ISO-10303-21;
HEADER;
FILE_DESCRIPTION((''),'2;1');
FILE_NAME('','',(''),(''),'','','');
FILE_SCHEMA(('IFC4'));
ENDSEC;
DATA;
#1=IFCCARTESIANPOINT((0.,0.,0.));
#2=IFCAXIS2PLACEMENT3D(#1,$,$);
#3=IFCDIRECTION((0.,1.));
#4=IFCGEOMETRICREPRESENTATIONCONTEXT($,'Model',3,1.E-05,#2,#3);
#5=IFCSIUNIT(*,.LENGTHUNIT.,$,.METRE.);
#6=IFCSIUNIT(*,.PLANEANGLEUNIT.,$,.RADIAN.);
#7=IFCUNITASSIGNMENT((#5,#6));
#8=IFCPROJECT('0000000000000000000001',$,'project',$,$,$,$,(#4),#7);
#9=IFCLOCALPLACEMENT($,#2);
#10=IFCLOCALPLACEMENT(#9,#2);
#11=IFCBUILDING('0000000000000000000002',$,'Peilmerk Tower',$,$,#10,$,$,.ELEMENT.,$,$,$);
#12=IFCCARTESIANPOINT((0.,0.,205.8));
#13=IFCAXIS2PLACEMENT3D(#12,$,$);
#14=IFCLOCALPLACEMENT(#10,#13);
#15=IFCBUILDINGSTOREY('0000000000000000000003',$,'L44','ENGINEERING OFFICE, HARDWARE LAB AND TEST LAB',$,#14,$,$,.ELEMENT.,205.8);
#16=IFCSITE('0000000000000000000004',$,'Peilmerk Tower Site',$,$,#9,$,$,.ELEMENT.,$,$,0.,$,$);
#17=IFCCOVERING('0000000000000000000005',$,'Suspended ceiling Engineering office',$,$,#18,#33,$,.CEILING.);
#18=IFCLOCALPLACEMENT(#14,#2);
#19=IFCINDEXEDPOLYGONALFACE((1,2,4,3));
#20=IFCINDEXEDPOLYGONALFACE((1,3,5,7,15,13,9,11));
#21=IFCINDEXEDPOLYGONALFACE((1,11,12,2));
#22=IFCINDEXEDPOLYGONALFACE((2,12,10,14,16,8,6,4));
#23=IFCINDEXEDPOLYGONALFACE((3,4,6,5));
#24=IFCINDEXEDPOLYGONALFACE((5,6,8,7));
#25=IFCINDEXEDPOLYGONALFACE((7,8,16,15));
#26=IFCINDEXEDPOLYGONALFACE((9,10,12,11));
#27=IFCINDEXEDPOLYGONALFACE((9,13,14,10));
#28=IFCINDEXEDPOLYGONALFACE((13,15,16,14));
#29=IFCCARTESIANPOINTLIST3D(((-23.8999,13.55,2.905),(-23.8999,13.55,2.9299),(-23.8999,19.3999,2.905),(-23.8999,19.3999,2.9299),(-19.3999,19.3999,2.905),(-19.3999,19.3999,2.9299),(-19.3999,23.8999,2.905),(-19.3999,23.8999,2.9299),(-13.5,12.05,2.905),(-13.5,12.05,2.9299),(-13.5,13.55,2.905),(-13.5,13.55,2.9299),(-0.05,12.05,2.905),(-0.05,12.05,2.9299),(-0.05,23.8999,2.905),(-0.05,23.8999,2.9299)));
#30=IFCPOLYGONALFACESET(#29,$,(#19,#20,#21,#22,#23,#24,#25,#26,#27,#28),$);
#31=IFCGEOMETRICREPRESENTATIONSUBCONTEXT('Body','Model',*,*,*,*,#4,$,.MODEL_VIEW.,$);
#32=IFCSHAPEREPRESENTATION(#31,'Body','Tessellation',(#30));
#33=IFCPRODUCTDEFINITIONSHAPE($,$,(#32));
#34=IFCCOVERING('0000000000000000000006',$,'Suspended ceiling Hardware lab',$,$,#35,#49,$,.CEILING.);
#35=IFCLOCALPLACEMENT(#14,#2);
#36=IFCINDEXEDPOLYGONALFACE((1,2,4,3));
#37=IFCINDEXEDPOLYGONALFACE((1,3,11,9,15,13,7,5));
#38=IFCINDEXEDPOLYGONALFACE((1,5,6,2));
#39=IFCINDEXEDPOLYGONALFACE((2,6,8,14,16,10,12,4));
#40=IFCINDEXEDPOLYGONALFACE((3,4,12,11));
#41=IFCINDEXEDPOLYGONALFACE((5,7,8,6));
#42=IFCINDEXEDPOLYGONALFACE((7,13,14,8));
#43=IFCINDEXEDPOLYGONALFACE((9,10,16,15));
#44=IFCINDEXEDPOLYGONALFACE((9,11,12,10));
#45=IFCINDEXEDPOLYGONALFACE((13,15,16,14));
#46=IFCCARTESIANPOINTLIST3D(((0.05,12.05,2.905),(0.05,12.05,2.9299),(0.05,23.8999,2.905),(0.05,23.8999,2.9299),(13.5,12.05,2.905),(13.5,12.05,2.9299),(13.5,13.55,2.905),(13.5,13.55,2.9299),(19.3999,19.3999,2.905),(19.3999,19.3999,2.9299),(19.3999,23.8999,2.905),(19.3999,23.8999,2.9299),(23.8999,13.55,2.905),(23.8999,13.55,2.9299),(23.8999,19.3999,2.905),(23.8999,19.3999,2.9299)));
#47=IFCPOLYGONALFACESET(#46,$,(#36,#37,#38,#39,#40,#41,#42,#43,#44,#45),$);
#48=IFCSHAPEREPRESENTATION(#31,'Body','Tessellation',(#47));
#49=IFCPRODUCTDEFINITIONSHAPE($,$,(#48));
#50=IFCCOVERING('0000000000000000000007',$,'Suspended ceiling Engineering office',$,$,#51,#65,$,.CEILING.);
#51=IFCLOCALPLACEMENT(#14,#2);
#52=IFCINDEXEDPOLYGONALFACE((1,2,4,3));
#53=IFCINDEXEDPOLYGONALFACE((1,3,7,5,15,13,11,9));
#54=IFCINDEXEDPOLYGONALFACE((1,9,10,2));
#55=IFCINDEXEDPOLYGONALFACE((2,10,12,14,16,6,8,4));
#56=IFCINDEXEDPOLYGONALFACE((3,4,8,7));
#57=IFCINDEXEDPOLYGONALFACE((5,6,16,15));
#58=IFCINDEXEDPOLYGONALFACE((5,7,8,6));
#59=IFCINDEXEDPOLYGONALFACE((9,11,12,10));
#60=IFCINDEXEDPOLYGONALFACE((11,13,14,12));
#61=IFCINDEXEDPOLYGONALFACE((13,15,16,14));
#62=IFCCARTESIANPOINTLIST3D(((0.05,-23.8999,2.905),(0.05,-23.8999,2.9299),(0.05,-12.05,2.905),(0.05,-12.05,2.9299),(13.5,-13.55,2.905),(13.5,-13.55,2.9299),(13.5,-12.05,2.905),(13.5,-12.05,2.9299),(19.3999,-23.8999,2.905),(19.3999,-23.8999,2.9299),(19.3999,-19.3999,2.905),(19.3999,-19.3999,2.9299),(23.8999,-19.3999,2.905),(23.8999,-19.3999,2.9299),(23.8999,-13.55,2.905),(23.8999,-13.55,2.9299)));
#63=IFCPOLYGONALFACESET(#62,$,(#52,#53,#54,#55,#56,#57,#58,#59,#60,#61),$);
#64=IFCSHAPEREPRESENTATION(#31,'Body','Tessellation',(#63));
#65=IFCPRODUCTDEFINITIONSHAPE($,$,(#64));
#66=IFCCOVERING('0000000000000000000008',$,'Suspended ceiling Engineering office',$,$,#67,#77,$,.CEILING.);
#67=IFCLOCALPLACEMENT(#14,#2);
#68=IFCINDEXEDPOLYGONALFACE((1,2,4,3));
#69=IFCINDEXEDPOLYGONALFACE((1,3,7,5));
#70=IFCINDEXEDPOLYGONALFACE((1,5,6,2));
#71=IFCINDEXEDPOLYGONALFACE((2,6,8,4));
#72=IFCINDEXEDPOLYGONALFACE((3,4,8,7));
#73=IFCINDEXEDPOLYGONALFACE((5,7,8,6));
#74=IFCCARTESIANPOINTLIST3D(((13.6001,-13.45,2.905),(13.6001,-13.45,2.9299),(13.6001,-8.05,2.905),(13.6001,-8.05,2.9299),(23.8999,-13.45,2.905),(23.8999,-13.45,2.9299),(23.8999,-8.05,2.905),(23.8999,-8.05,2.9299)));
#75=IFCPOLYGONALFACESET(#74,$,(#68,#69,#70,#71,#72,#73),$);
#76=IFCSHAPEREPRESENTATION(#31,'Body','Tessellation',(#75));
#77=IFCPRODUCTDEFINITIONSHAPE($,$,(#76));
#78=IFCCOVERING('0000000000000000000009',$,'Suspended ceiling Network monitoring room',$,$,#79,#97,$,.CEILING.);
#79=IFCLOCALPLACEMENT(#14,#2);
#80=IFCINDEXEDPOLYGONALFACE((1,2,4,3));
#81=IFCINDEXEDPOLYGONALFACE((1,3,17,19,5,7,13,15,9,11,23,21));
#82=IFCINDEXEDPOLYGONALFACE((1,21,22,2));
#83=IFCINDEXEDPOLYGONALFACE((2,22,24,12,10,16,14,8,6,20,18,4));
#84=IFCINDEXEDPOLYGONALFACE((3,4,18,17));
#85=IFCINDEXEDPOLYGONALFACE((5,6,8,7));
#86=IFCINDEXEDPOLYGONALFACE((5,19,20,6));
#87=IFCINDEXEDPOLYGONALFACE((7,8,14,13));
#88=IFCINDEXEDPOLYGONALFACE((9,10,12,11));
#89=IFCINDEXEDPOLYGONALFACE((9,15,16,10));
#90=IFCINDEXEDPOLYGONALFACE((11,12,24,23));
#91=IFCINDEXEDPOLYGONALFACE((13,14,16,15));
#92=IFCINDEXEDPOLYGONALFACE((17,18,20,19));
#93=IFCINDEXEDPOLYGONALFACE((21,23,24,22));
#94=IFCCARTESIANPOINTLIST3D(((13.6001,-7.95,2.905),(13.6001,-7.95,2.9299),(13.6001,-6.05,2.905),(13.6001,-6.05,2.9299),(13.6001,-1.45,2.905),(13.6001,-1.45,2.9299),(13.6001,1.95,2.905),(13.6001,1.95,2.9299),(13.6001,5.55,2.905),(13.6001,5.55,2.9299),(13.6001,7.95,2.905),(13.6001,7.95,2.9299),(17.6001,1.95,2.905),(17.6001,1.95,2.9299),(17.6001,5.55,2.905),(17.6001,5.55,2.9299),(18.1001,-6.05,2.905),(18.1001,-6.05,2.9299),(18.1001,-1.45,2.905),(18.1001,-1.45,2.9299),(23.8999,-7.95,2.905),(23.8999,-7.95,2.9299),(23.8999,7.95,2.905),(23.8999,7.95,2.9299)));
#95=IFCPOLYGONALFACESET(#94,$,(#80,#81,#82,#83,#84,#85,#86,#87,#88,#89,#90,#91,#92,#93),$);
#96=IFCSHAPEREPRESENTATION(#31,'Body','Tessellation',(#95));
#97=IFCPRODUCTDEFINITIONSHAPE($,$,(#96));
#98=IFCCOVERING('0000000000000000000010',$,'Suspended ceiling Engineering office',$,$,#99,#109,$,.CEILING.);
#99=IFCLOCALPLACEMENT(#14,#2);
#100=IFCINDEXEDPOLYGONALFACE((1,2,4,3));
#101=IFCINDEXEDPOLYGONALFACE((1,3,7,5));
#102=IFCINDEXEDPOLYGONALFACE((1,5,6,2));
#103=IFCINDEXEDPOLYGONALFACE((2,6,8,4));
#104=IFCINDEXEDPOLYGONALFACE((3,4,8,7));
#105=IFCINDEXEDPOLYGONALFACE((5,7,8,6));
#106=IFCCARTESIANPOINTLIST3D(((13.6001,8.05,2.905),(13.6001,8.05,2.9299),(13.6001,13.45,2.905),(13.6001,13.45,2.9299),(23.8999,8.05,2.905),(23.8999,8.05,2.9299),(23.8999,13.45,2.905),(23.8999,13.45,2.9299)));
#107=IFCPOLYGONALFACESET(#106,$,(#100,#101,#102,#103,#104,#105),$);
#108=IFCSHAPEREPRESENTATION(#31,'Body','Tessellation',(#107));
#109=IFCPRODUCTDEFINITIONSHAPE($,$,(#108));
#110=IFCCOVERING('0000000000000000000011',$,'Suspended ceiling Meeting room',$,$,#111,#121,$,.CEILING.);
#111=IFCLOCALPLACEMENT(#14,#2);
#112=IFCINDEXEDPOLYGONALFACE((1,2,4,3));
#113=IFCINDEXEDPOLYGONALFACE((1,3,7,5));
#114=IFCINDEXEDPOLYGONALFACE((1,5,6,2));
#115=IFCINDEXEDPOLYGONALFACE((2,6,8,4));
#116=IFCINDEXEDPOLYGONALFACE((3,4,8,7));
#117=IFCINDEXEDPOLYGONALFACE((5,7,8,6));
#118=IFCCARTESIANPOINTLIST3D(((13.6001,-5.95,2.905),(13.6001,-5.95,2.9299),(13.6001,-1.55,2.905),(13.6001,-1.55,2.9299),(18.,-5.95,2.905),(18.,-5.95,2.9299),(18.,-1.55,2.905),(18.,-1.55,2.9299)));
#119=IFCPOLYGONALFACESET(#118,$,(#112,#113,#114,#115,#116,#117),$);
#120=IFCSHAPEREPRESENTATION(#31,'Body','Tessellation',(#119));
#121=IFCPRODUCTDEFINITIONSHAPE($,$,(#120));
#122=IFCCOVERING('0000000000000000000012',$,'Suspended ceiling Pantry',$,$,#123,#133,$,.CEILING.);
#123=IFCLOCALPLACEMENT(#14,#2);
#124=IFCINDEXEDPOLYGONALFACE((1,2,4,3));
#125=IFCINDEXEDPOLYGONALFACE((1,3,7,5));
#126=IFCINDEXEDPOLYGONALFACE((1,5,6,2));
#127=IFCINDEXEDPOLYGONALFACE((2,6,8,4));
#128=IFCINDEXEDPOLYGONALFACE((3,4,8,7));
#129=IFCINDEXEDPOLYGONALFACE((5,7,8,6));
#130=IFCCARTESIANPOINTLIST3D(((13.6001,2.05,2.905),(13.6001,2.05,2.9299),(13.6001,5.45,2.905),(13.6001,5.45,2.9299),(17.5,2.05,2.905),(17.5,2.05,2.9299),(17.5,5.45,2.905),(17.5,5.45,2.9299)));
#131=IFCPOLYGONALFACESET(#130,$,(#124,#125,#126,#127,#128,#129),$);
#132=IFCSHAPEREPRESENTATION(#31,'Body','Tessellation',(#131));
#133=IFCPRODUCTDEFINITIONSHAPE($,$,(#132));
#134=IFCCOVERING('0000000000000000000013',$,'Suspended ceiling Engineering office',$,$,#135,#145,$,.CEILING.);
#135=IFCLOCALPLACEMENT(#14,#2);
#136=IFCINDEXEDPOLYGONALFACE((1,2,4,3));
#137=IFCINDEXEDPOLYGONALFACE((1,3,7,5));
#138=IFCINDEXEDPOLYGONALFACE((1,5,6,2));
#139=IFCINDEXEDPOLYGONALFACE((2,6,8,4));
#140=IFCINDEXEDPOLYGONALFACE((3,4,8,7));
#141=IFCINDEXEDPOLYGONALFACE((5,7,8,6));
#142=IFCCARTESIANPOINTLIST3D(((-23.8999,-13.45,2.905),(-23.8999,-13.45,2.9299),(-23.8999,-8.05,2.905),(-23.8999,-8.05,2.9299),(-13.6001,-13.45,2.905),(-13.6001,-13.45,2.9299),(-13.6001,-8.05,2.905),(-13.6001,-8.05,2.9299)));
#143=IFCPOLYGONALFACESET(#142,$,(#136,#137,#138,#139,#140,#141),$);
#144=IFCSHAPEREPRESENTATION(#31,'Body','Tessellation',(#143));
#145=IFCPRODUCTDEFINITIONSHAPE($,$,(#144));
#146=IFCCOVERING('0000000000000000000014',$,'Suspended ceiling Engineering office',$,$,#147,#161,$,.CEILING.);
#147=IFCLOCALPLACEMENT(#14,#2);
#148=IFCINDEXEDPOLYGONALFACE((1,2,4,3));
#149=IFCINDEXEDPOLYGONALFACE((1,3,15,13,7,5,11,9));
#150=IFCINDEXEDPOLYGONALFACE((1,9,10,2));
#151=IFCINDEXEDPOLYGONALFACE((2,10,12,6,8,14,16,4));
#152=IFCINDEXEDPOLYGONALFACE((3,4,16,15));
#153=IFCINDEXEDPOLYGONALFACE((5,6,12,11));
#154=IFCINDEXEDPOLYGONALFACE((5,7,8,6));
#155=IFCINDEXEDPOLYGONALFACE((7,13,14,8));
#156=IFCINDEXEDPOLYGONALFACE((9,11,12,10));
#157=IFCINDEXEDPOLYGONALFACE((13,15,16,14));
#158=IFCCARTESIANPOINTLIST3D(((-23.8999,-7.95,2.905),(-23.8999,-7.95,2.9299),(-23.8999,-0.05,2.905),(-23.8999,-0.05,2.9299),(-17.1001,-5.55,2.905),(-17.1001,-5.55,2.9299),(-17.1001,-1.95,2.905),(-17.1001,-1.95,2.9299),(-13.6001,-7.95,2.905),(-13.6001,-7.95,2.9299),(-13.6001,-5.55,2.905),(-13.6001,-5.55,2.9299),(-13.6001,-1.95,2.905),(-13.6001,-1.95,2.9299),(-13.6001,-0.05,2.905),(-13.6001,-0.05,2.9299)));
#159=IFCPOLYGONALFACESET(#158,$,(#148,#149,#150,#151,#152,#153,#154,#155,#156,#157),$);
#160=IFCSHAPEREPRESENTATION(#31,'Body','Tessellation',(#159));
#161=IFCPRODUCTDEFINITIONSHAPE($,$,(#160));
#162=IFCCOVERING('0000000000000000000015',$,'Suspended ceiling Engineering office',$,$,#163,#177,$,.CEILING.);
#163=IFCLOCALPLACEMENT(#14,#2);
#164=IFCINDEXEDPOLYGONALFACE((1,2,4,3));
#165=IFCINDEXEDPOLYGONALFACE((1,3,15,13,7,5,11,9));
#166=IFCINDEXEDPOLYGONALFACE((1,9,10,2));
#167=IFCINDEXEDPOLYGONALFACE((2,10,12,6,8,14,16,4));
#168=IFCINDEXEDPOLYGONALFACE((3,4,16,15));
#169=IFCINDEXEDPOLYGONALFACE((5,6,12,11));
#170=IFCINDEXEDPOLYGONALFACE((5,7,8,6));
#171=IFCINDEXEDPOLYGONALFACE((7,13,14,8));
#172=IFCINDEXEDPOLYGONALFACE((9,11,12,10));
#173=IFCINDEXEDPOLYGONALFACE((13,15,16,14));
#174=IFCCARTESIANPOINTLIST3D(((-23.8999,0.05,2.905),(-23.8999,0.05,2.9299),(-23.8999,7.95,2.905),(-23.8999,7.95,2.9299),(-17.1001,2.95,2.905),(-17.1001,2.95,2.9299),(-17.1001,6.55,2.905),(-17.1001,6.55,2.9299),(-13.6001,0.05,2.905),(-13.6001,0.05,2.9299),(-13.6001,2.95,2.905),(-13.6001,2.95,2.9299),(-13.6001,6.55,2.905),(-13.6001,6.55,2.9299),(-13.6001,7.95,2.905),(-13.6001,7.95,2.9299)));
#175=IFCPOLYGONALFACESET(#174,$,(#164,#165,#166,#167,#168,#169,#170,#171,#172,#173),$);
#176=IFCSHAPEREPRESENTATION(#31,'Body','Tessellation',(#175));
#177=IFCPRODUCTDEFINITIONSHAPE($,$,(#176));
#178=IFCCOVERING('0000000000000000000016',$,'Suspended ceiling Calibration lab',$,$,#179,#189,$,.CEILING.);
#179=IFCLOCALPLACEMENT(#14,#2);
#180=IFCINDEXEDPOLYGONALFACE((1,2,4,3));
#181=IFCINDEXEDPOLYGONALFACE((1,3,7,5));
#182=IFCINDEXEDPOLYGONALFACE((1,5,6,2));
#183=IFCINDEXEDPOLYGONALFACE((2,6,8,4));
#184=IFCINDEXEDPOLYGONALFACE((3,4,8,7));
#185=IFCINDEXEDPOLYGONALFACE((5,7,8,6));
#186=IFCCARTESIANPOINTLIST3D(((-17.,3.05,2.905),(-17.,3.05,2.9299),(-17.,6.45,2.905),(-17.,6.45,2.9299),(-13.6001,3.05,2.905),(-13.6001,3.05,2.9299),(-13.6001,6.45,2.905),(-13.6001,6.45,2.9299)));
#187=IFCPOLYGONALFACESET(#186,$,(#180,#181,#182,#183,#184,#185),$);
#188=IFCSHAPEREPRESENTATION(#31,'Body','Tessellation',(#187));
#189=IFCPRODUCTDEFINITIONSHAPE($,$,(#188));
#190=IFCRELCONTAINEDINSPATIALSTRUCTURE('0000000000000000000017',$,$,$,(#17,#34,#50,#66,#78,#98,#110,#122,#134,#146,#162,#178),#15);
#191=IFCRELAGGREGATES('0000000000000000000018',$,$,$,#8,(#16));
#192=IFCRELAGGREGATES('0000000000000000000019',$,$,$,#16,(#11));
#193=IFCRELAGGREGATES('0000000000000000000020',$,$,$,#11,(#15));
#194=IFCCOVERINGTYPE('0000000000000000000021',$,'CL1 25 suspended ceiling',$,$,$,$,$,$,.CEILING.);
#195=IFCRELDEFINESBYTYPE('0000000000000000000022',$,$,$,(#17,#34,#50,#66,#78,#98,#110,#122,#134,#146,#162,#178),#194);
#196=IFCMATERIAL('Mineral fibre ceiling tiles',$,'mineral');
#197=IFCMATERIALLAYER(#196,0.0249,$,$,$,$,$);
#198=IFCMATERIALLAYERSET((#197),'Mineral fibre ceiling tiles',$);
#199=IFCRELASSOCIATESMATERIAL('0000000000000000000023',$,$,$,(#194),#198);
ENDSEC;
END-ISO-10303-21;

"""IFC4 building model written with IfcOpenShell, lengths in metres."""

from ifc_helpers import new_model, si_unit, direction, frame, origin, place, context, subcontext, project, spatial, polyline, outline, extrude, material, layer, layer_set, type_object, element, save


model = new_model("IFC4")

# Units and contexts
model_context = context("Model", 3, precision=1e-05, world=origin(), true_north=direction((0.0, 1.0)))
body_context = subcontext(model_context, "Body", "Model", "MODEL_VIEW")
ifc_project = project(units=[si_unit("LENGTHUNIT", "METRE"), si_unit("PLANEANGLEUNIT", "RADIAN")], contexts=[model_context])

# Site, building, storey
site_placement = place(None, origin())
site = spatial("IfcSite", under=ifc_project, at=site_placement, Name="Peilmerk Tower Site", CompositionType="ELEMENT", RefElevation=0.0)
building_placement = place(site_placement, origin())
building = spatial("IfcBuilding", under=site, at=building_placement, Name="Peilmerk Tower", CompositionType="ELEMENT")
storey_placement = place(building_placement, frame((0.0, 0.0, 205.8)))
storey = spatial("IfcBuildingStorey", under=building, at=storey_placement, Name="L44", Description="ENGINEERING OFFICE, HARDWARE LAB AND TEST LAB", CompositionType="ELEMENT", Elevation=205.8)

# Coverings
ifc_material_1 = material(Name="Mineral fibre ceiling tiles", Category="mineral")
ifc_layer_1 = layer(ifc_material_1, 0.0249)
ifc_layer_set_1 = layer_set([ifc_layer_1], Name="Mineral fibre ceiling tiles")
covering_type = type_object("IfcCoveringType", Name="CL1 25 suspended ceiling", PredefinedType="CEILING", material=ifc_layer_set_1)
covering_1_placement = place(storey_placement, frame((0.0, 0.0, 2.905)))
element("IfcCovering", 1, at=covering_1_placement, inside=storey, type_object=covering_type, Name="Suspended ceiling Engineering office", PredefinedType="CEILING", context=body_context, shape_type="SweptSolid", body=[
    extrude(outline(polyline([(-23.8999, 19.3999), (-23.8999, 13.55), (-13.5, 13.55), (-13.5, 12.05), (-0.05, 12.05), (-0.05, 23.8999), (-19.3999, 23.8999), (-19.3999, 19.3999), (-23.8999, 19.3999)])), origin(), (0.0, 0.0, 1.0), 0.0249),
])
covering_2_placement = place(storey_placement, frame((0.0, 0.0, 2.905)))
element("IfcCovering", 2, at=covering_2_placement, inside=storey, type_object=covering_type, Name="Suspended ceiling Hardware lab", PredefinedType="CEILING", context=body_context, shape_type="SweptSolid", body=[
    extrude(outline(polyline([(19.3999, 23.8999), (0.05, 23.8999), (0.05, 12.05), (13.5, 12.05), (13.5, 13.55), (23.8999, 13.55), (23.8999, 19.3999), (19.3999, 19.3999), (19.3999, 23.8999)])), origin(), (0.0, 0.0, 1.0), 0.0249),
])
covering_3_placement = place(storey_placement, frame((0.0, 0.0, 2.905)))
element("IfcCovering", 3, at=covering_3_placement, inside=storey, type_object=covering_type, Name="Suspended ceiling Engineering office", PredefinedType="CEILING", context=body_context, shape_type="SweptSolid", body=[
    extrude(outline(polyline([(0.05, -23.8999), (19.3999, -23.8999), (19.3999, -19.3999), (23.8999, -19.3999), (23.8999, -13.55), (13.5, -13.55), (13.5, -12.05), (0.05, -12.05), (0.05, -23.8999)])), origin(), (0.0, 0.0, 1.0), 0.0249),
])
covering_4_placement = place(storey_placement, frame((0.0, 0.0, 2.905)))
element("IfcCovering", 4, at=covering_4_placement, inside=storey, type_object=covering_type, Name="Suspended ceiling Engineering office", PredefinedType="CEILING", context=body_context, shape_type="SweptSolid", body=[
    extrude(outline(polyline([(23.8999, -13.45), (23.8999, -8.05), (13.6001, -8.05), (13.6001, -13.45), (23.8999, -13.45)])), origin(), (0.0, 0.0, 1.0), 0.0249),
])
covering_5_placement = place(storey_placement, frame((0.0, 0.0, 2.905)))
element("IfcCovering", 5, at=covering_5_placement, inside=storey, type_object=covering_type, Name="Suspended ceiling Network monitoring room", PredefinedType="CEILING", context=body_context, shape_type="SweptSolid", body=[
    extrude(outline(polyline([(13.6001, -7.95), (23.8999, -7.95), (23.8999, 7.95), (13.6001, 7.95), (13.6001, 5.55), (17.6001, 5.55), (17.6001, 1.95), (13.6001, 1.95), (13.6001, -1.45), (18.1001, -1.45), (18.1001, -6.05), (13.6001, -6.05), (13.6001, -7.95)])), origin(), (0.0, 0.0, 1.0), 0.0249),
])
covering_6_placement = place(storey_placement, frame((0.0, 0.0, 2.905)))
element("IfcCovering", 6, at=covering_6_placement, inside=storey, type_object=covering_type, Name="Suspended ceiling Engineering office", PredefinedType="CEILING", context=body_context, shape_type="SweptSolid", body=[
    extrude(outline(polyline([(23.8999, 8.05), (23.8999, 13.45), (13.6001, 13.45), (13.6001, 8.05), (23.8999, 8.05)])), origin(), (0.0, 0.0, 1.0), 0.0249),
])
covering_7_placement = place(storey_placement, frame((0.0, 0.0, 2.905)))
element("IfcCovering", 7, at=covering_7_placement, inside=storey, type_object=covering_type, Name="Suspended ceiling Meeting room", PredefinedType="CEILING", context=body_context, shape_type="SweptSolid", body=[
    extrude(outline(polyline([(18.0, -5.95), (18.0, -1.55), (13.6001, -1.55), (13.6001, -5.95), (18.0, -5.95)])), origin(), (0.0, 0.0, 1.0), 0.0249),
])
covering_8_placement = place(storey_placement, frame((0.0, 0.0, 2.905)))
element("IfcCovering", 8, at=covering_8_placement, inside=storey, type_object=covering_type, Name="Suspended ceiling Pantry", PredefinedType="CEILING", context=body_context, shape_type="SweptSolid", body=[
    extrude(outline(polyline([(17.5, 2.05), (17.5, 5.45), (13.6001, 5.45), (13.6001, 2.05), (17.5, 2.05)])), origin(), (0.0, 0.0, 1.0), 0.0249),
])
covering_9_placement = place(storey_placement, frame((0.0, 0.0, 2.905)))
element("IfcCovering", 9, at=covering_9_placement, inside=storey, type_object=covering_type, Name="Suspended ceiling Engineering office", PredefinedType="CEILING", context=body_context, shape_type="SweptSolid", body=[
    extrude(outline(polyline([(-23.8999, -8.05), (-23.8999, -13.45), (-13.6001, -13.45), (-13.6001, -8.05), (-23.8999, -8.05)])), origin(), (0.0, 0.0, 1.0), 0.0249),
])
covering_10_placement = place(storey_placement, frame((0.0, 0.0, 2.905)))
element("IfcCovering", 10, at=covering_10_placement, inside=storey, type_object=covering_type, Name="Suspended ceiling Engineering office", PredefinedType="CEILING", context=body_context, shape_type="SweptSolid", body=[
    extrude(outline(polyline([(-13.6001, -0.05), (-23.8999, -0.05), (-23.8999, -7.95), (-13.6001, -7.95), (-13.6001, -5.55), (-17.1001, -5.55), (-17.1001, -1.95), (-13.6001, -1.95), (-13.6001, -0.05)])), origin(), (0.0, 0.0, 1.0), 0.0249),
])
covering_11_placement = place(storey_placement, frame((0.0, 0.0, 2.905)))
element("IfcCovering", 11, at=covering_11_placement, inside=storey, type_object=covering_type, Name="Suspended ceiling Engineering office", PredefinedType="CEILING", context=body_context, shape_type="SweptSolid", body=[
    extrude(outline(polyline([(-13.6001, 7.95), (-23.8999, 7.95), (-23.8999, 0.05), (-13.6001, 0.05), (-13.6001, 2.95), (-17.1001, 2.95), (-17.1001, 6.55), (-13.6001, 6.55), (-13.6001, 7.95)])), origin(), (0.0, 0.0, 1.0), 0.0249),
])
covering_12_placement = place(storey_placement, frame((0.0, 0.0, 2.905)))
element("IfcCovering", 12, at=covering_12_placement, inside=storey, type_object=covering_type, Name="Suspended ceiling Calibration lab", PredefinedType="CEILING", context=body_context, shape_type="SweptSolid", body=[
    extrude(outline(polyline([(-13.6001, 3.05), (-13.6001, 6.45), (-17.0, 6.45), (-17.0, 3.05), (-13.6001, 3.05)])), origin(), (0.0, 0.0, 1.0), 0.0249),
])

save(model, "model.ifc")
